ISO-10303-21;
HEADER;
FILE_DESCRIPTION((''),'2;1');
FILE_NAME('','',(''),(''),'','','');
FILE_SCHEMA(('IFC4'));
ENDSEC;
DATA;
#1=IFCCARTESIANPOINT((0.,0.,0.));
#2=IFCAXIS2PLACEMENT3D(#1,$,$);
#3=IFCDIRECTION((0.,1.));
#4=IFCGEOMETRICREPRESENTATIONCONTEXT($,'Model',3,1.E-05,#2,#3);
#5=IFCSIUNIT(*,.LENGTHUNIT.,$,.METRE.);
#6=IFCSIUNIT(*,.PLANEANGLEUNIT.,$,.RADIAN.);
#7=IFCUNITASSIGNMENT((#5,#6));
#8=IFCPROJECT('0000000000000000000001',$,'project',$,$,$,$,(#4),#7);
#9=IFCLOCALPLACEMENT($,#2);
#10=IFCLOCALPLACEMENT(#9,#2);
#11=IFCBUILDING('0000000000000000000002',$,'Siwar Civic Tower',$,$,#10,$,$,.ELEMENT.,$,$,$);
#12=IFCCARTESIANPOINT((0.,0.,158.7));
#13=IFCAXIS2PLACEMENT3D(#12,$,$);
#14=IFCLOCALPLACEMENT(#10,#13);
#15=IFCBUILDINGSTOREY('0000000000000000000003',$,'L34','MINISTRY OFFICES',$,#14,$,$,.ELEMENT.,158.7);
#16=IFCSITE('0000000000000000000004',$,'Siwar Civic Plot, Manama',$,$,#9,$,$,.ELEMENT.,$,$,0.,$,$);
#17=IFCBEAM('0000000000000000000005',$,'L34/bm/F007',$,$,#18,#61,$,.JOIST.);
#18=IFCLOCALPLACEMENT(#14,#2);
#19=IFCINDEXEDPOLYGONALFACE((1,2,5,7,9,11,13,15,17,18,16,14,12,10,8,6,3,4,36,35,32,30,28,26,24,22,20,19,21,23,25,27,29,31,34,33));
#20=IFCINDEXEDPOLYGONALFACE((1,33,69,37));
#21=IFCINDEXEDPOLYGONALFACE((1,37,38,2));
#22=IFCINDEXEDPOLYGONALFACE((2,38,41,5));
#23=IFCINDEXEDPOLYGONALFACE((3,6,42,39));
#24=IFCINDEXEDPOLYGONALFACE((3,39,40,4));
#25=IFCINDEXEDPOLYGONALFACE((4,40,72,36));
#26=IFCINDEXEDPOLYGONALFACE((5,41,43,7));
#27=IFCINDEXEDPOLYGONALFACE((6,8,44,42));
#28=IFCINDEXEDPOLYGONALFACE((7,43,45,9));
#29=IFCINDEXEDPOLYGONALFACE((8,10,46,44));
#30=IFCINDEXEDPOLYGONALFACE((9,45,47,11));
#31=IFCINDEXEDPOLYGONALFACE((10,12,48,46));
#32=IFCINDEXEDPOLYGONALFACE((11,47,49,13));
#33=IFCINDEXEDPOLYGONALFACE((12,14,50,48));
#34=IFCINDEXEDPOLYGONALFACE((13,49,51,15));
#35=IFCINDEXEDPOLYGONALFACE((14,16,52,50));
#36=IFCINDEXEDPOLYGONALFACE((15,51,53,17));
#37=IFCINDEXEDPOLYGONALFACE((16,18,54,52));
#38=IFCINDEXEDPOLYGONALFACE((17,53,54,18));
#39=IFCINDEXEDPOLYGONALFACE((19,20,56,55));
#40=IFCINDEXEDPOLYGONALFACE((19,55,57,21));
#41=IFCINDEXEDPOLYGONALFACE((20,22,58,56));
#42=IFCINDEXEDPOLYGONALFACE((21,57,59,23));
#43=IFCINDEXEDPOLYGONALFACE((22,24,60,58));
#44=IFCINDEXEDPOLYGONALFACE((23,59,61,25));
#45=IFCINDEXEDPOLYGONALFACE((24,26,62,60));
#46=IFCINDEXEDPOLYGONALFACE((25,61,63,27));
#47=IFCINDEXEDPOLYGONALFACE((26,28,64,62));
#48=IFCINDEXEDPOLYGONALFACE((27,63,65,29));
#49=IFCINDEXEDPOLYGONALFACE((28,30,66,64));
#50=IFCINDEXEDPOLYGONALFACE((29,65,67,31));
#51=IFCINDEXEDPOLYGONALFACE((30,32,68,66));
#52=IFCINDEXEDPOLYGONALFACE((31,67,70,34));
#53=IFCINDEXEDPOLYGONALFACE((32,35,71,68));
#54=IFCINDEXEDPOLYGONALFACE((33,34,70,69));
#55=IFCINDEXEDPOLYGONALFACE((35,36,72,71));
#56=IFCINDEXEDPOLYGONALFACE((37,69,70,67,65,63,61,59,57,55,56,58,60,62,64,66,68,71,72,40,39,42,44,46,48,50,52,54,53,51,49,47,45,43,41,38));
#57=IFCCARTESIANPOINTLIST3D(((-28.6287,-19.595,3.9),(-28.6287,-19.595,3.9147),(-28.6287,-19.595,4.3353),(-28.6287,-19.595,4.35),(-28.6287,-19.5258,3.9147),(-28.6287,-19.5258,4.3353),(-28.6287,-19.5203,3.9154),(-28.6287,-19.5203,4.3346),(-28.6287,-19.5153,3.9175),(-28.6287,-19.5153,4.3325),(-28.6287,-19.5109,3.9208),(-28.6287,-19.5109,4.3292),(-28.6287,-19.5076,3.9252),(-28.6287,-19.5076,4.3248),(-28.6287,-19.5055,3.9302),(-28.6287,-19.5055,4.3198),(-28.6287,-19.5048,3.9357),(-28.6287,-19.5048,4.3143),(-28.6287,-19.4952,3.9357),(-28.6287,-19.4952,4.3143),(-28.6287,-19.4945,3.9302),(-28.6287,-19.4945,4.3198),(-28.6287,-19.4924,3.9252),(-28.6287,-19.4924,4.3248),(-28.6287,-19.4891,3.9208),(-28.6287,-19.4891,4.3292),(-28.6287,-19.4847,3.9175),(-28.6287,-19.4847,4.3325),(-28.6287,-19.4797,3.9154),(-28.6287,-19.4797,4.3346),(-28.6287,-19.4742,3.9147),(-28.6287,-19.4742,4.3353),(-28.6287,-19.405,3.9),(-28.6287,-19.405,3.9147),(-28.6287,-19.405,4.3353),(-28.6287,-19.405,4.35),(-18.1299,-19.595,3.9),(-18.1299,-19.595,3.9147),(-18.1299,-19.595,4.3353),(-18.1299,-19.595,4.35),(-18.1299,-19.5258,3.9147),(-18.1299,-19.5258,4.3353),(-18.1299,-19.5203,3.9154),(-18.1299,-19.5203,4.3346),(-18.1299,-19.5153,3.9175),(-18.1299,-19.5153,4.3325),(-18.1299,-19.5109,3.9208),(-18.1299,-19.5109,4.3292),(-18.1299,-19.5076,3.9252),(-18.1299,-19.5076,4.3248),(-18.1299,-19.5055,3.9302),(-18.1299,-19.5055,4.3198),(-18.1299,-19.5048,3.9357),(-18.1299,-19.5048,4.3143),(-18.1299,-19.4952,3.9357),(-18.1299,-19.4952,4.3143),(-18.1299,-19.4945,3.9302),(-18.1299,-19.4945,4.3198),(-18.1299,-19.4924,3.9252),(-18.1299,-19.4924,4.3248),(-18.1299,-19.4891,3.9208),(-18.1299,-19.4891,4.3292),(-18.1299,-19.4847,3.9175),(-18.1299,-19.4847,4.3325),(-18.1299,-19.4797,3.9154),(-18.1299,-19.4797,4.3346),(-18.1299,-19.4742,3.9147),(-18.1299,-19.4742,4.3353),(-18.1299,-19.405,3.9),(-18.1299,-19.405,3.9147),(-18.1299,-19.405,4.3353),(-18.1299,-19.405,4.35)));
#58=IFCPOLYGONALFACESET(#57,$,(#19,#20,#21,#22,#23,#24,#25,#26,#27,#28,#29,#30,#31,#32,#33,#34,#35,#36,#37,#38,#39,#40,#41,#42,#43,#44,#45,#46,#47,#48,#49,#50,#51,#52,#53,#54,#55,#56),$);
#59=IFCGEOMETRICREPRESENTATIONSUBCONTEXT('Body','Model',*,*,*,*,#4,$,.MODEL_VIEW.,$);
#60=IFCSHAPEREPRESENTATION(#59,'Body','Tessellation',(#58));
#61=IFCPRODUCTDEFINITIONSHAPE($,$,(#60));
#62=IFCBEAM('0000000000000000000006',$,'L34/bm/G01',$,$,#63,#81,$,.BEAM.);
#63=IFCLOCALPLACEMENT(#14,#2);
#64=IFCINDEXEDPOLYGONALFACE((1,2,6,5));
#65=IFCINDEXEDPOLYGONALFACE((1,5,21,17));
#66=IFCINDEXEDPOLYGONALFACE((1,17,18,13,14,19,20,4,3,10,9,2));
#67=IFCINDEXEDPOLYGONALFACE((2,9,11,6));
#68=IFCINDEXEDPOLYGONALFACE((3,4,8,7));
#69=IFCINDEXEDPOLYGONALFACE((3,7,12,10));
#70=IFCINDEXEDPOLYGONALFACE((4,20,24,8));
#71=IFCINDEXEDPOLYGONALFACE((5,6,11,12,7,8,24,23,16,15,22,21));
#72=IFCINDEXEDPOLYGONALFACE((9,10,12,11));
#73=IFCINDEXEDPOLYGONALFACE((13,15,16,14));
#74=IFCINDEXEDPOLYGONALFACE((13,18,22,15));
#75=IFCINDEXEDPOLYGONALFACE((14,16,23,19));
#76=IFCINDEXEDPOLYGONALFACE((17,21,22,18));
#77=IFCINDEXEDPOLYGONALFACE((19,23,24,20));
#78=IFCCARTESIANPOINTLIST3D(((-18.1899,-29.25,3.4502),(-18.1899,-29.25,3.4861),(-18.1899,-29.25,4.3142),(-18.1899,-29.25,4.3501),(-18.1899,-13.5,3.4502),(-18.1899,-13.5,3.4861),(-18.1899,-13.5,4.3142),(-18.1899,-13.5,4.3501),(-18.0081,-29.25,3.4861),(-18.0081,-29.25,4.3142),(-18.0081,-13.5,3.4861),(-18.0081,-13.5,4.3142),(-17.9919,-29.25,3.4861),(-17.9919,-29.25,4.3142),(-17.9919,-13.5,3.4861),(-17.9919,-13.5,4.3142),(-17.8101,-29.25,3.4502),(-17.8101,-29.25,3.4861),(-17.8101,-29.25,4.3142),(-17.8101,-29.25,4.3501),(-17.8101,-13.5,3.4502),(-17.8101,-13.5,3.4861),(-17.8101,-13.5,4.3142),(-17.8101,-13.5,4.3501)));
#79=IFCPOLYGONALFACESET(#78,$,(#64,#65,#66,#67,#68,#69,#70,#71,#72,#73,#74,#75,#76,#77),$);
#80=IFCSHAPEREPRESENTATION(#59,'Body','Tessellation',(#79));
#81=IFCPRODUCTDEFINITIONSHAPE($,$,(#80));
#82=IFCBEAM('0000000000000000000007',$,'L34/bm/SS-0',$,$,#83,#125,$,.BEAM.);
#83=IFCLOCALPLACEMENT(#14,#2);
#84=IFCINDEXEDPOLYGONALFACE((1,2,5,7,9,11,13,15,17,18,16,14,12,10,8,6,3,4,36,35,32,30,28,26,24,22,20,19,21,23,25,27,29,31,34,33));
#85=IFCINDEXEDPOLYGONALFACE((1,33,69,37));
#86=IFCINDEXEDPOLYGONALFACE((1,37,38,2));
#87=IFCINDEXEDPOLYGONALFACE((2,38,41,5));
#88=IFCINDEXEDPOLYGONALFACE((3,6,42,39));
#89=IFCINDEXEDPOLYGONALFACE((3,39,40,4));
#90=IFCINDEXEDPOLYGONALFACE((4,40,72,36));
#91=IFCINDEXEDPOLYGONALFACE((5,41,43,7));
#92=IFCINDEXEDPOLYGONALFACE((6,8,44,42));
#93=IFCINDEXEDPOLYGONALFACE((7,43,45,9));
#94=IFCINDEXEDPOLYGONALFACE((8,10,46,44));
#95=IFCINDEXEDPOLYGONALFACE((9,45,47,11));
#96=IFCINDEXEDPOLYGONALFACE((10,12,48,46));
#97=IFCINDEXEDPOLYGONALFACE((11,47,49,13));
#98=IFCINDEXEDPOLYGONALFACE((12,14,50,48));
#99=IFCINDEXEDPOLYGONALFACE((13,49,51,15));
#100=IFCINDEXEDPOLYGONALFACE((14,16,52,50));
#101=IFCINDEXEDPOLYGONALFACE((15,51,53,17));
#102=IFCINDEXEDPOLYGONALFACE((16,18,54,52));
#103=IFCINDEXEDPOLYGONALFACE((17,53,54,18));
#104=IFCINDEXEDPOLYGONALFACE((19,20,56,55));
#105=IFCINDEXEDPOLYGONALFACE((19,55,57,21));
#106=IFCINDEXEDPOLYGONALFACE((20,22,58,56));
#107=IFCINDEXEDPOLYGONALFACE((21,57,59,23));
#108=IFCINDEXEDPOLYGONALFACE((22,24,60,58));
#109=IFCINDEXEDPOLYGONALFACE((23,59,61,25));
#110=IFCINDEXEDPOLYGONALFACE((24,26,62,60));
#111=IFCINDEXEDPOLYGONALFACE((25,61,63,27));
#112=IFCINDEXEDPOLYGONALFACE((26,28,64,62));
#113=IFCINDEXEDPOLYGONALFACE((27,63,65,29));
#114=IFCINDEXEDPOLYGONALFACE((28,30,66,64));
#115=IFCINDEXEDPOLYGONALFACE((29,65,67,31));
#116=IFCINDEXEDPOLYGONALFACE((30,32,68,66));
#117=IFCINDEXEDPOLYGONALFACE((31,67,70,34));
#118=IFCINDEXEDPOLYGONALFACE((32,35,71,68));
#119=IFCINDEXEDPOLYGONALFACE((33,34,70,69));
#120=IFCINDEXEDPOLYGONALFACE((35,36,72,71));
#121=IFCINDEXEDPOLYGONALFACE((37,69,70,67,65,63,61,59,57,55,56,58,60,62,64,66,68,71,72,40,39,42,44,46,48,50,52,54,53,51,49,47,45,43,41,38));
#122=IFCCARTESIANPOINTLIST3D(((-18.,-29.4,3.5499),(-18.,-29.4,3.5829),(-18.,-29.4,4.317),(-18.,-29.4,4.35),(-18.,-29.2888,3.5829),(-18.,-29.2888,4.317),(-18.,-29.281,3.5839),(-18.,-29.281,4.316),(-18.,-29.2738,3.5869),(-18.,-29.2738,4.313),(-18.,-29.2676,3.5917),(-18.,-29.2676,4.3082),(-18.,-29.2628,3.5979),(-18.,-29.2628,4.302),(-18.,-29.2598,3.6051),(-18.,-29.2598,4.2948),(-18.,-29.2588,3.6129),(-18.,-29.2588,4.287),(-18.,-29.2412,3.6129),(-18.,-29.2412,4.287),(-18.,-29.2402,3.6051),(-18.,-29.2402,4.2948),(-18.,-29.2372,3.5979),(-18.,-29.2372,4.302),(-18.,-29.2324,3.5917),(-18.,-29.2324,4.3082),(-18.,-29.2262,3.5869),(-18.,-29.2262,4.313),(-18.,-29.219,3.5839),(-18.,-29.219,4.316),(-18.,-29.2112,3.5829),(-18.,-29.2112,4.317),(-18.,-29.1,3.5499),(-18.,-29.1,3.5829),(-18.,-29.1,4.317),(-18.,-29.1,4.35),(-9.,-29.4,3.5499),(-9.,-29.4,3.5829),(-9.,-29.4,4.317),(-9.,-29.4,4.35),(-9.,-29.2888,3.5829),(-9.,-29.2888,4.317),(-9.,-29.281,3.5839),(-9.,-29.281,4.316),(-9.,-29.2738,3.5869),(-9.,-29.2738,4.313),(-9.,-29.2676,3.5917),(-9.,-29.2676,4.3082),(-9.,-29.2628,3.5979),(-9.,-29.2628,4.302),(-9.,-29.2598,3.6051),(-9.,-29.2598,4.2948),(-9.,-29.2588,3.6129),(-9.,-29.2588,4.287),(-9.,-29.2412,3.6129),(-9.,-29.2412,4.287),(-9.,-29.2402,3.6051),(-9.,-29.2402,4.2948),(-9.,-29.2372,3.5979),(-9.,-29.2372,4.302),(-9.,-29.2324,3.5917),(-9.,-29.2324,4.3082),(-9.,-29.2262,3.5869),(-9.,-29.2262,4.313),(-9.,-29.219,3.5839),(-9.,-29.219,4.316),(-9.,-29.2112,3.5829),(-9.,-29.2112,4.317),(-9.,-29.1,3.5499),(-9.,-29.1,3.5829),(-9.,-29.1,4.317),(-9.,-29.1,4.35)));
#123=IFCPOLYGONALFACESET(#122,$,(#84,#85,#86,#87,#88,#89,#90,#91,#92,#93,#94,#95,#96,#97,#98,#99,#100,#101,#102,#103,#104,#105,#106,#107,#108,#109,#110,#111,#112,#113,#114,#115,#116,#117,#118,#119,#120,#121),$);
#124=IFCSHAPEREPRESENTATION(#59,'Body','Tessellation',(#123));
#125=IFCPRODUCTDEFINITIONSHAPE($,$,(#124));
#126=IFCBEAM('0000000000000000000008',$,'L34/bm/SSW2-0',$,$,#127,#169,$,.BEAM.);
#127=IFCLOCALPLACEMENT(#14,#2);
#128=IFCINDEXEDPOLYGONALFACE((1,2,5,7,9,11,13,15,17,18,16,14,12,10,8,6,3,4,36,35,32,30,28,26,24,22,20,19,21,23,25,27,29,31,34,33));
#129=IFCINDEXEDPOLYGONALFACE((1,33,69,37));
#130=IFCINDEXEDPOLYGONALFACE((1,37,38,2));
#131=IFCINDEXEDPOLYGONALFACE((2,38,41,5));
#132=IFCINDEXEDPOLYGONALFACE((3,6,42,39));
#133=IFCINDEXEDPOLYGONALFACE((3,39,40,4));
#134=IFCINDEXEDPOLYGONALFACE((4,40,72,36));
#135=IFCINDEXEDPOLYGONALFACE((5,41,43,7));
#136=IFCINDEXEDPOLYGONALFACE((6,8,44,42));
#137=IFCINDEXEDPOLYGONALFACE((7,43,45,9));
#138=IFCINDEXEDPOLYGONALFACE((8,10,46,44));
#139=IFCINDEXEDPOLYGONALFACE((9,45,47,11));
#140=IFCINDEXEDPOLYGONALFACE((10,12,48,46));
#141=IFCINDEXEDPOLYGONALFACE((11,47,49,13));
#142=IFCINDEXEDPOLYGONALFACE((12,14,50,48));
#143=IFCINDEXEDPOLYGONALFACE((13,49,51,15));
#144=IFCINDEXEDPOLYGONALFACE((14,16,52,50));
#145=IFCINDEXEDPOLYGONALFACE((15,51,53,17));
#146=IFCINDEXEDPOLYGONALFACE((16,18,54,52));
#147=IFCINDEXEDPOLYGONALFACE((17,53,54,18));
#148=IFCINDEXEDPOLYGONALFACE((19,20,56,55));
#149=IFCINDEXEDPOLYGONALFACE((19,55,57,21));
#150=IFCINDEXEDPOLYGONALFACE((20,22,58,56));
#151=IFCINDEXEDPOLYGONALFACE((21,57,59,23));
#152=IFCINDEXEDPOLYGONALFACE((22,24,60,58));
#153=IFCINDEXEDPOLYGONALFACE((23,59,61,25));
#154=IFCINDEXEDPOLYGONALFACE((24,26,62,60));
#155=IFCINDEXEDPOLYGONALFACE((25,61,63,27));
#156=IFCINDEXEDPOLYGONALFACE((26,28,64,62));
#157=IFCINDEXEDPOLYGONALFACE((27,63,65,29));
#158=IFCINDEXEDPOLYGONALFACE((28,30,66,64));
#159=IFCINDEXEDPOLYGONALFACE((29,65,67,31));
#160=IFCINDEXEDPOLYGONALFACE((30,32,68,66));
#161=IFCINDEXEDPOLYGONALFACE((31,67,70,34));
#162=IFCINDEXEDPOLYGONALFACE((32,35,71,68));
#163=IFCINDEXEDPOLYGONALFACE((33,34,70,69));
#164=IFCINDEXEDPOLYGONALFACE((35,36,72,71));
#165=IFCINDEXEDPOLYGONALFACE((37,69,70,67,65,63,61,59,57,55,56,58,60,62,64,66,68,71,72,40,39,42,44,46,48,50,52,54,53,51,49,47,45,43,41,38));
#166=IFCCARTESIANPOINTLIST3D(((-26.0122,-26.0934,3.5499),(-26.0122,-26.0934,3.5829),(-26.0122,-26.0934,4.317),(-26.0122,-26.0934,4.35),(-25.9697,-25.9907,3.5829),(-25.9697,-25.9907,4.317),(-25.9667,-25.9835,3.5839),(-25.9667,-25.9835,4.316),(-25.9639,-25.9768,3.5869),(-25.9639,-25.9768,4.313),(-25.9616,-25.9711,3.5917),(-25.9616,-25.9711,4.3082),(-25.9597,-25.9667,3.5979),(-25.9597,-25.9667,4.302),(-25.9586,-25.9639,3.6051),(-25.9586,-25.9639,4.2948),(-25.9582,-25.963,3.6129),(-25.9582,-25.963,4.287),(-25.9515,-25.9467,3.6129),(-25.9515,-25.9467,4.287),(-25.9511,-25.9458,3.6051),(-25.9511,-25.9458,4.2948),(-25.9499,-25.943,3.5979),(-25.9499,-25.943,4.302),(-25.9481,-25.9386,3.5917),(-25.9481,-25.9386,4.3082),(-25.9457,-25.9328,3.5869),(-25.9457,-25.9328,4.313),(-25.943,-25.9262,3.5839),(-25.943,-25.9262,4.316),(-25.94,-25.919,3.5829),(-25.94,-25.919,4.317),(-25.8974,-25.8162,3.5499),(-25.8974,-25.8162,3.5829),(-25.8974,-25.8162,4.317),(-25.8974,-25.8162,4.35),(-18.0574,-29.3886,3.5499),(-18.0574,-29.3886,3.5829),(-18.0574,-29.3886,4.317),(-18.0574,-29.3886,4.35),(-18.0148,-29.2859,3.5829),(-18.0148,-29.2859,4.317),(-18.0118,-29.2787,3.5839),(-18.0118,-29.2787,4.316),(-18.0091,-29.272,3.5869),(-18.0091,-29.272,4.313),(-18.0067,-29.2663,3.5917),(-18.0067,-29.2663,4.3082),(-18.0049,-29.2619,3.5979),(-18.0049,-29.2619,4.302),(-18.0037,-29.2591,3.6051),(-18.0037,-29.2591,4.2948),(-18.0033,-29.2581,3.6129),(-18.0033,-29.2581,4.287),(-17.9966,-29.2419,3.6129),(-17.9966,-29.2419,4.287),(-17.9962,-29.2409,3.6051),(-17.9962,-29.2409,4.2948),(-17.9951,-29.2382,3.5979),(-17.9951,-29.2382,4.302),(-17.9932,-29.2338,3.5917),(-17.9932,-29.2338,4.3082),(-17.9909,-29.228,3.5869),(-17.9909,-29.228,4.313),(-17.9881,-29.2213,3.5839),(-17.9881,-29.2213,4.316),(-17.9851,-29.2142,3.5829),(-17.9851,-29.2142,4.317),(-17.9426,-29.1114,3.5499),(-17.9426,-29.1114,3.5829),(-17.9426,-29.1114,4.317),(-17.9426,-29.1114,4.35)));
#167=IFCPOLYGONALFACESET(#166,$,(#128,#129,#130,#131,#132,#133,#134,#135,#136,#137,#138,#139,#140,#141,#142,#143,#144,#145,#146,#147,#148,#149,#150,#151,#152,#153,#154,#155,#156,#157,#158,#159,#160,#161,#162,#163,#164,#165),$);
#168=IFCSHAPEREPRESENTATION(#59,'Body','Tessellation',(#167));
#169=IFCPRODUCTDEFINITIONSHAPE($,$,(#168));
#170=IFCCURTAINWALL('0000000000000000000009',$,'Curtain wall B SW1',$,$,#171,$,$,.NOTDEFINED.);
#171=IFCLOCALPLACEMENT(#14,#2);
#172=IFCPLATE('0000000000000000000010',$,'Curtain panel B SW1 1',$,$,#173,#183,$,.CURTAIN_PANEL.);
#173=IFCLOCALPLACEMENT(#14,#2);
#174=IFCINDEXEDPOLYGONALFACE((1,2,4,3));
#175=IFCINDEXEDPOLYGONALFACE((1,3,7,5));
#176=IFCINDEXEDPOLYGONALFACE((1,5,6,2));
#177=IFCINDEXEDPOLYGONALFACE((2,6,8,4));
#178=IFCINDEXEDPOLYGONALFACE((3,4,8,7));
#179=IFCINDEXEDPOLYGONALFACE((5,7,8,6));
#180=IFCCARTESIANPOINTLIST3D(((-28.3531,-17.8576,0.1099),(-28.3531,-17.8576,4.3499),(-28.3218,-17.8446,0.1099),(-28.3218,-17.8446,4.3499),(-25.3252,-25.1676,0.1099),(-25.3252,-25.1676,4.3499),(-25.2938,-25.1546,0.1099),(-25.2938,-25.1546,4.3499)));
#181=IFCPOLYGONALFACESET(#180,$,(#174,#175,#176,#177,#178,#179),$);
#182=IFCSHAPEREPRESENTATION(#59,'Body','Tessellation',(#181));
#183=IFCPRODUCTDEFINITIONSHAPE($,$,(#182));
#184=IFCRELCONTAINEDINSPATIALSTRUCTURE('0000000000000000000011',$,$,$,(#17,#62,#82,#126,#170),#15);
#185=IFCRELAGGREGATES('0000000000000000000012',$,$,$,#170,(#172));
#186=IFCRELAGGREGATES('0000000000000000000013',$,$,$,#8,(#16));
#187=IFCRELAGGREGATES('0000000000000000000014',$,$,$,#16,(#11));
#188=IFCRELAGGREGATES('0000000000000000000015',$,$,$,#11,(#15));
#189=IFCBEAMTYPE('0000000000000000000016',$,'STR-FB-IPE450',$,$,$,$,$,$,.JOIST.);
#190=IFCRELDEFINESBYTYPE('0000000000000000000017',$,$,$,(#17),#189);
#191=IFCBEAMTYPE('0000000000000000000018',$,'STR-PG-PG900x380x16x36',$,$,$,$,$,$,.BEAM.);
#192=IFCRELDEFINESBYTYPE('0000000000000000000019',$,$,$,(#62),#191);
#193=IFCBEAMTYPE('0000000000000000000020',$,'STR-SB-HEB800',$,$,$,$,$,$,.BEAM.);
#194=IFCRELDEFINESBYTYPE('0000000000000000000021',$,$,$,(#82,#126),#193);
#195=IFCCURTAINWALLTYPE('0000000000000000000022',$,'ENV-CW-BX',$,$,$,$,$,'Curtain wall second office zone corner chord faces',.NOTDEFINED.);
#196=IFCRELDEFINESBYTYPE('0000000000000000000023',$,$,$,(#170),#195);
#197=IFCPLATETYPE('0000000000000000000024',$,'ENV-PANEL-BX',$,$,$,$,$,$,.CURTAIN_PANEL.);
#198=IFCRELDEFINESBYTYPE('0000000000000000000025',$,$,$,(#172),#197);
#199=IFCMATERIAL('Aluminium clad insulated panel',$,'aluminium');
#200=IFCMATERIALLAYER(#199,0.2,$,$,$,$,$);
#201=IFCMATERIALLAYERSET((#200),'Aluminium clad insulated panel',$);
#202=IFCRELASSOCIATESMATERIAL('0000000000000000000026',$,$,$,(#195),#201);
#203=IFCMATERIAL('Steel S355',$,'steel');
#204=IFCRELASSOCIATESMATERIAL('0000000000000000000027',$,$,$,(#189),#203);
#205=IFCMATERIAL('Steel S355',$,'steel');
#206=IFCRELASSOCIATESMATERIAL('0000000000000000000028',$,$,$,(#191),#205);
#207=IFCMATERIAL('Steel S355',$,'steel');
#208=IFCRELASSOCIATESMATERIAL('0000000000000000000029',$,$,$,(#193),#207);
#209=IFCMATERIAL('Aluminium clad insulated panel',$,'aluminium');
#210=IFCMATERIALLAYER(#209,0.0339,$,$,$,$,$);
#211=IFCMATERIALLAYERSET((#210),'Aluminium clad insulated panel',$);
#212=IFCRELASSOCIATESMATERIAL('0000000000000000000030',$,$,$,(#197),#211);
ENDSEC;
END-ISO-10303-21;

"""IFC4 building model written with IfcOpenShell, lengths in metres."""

from ifc_helpers import new_model, si_unit, direction, frame, origin, origin_2d, place, context, subcontext, project, spatial, rectangle, i_section, extrude, material, layer, layer_set, material_profile, profile_set, type_object, element, aggregate, save


model = new_model("IFC4")

# Units and contexts
model_context = context("Model", 3, precision=1e-05, world=origin(), true_north=direction((0.0, 1.0)))
body_context = subcontext(model_context, "Body", "Model", "MODEL_VIEW")
ifc_project = project(units=[si_unit("LENGTHUNIT", "METRE"), si_unit("PLANEANGLEUNIT", "RADIAN")], contexts=[model_context])

# Site, building, storey
site_placement = place(None, origin())
site = spatial("IfcSite", under=ifc_project, at=site_placement, Name="Siwar Civic Plot, Manama", CompositionType="ELEMENT", RefElevation=0.0)
building_placement = place(site_placement, origin())
building = spatial("IfcBuilding", under=site, at=building_placement, Name="Siwar Civic Tower", CompositionType="ELEMENT")
storey_placement = place(building_placement, frame((0.0, 0.0, 158.7)))
storey = spatial("IfcBuildingStorey", under=building, at=storey_placement, Name="L34", Description="MINISTRY OFFICES", CompositionType="ELEMENT", Elevation=158.7)

# Shared definitions
ifc_material_1 = material(Name="Aluminium clad insulated panel", Category="aluminium")
ifc_layer_1 = layer(ifc_material_1, 0.2)
ifc_layer_set_1 = layer_set([ifc_layer_1], Name="Aluminium clad insulated panel")
curtain_wall_type = type_object("IfcCurtainWallType", Name="ENV-CW-BX", ElementType="Curtain wall second office zone corner chord faces", PredefinedType="NOTDEFINED", material=ifc_layer_set_1)

# Beams
ifc_material_2 = material(Name="Steel S355", Category="steel")
ifc_material_profile_1 = material_profile(ifc_material_2, i_section(OverallWidth=0.1899, OverallDepth=0.45, WebThickness=0.0095, FlangeThickness=0.0146, FilletRadius=0.021, at=origin_2d()), Name="IPE450")
ifc_profile_set_1 = profile_set([ifc_material_profile_1], Name="Steel S355")
beam_type_1 = type_object("IfcBeamType", Name="STR-FB-IPE450", PredefinedType="JOIST", material=ifc_profile_set_1)
beam_1_placement = place(storey_placement, frame((-28.6287, -19.5, 4.125), z_axis=(1.0, 0.0, 0.0), x_axis=(0.0, 1.0, 0.0)))
element("IfcBeam", 1, at=beam_1_placement, inside=storey, type_object=beam_type_1, Name="L34/bm/F007", PredefinedType="JOIST", context=body_context, shape_type="SweptSolid", body=[
    extrude(i_section(OverallWidth=0.1899, OverallDepth=0.45, WebThickness=0.0095, FlangeThickness=0.0146, FilletRadius=0.021, at=origin_2d()), origin(), (0.0, 0.0, 1.0), 10.4988),
])
ifc_material_3 = material(Name="Steel S355", Category="steel")
ifc_material_profile_2 = material_profile(ifc_material_3, i_section(OverallWidth=0.3799, OverallDepth=0.8999, WebThickness=0.0161, FlangeThickness=0.0359, at=origin_2d()), Name="PG900x380x16x36")
ifc_profile_set_2 = profile_set([ifc_material_profile_2], Name="Steel S355")
beam_type_2 = type_object("IfcBeamType", Name="STR-PG-PG900x380x16x36", PredefinedType="BEAM", material=ifc_profile_set_2)
beam_2_placement = place(storey_placement, frame((-18.0, -29.25, 3.9001), z_axis=(0.0, 1.0, 0.0), x_axis=(-1.0, 0.0, 0.0)))
element("IfcBeam", 2, at=beam_2_placement, inside=storey, type_object=beam_type_2, Name="L34/bm/G01", PredefinedType="BEAM", context=body_context, shape_type="SweptSolid", body=[
    extrude(i_section(OverallWidth=0.3799, OverallDepth=0.8999, WebThickness=0.0161, FlangeThickness=0.0359, at=origin_2d()), origin(), (0.0, 0.0, 1.0), 15.75),
])
ifc_material_4 = material(Name="Steel S355", Category="steel")
ifc_material_profile_3 = material_profile(ifc_material_4, i_section(OverallWidth=0.3, OverallDepth=0.8, WebThickness=0.0176, FlangeThickness=0.033, FilletRadius=0.03, at=origin_2d()), Name="HEB800")
ifc_profile_set_3 = profile_set([ifc_material_profile_3], Name="Steel S355")
beam_type_3 = type_object("IfcBeamType", Name="STR-SB-HEB800", PredefinedType="BEAM", material=ifc_profile_set_3)
beam_3_placement = place(storey_placement, frame((-18.0, -29.25, 3.95), z_axis=(1.0, 0.0, 0.0), x_axis=(0.0, 1.0, 0.0)))
element("IfcBeam", 3, at=beam_3_placement, inside=storey, type_object=beam_type_3, Name="L34/bm/SS-0", PredefinedType="BEAM", context=body_context, shape_type="SweptSolid", body=[
    extrude(i_section(OverallWidth=0.3, OverallDepth=0.8, WebThickness=0.0176, FlangeThickness=0.033, FilletRadius=0.03, at=origin_2d()), origin(), (0.0, 0.0, 1.0), 9.0),
])
beam_4_placement = place(storey_placement, frame((-25.9548, -25.9548, 3.95), z_axis=(0.923873, -0.3827, 0.0), x_axis=(0.3827, 0.923873, 0.0)))
element("IfcBeam", 4, at=beam_4_placement, inside=storey, type_object=beam_type_3, Name="L34/bm/SSW2-0", PredefinedType="BEAM", context=body_context, shape_type="SweptSolid", body=[
    extrude(i_section(OverallWidth=0.3, OverallDepth=0.8, WebThickness=0.0176, FlangeThickness=0.033, FilletRadius=0.03, at=origin_2d()), origin(), (0.0, 0.0, 1.0), 8.6104),
])

# Curtain wall, plate
curtain_wall_1_placement = place(storey_placement, origin())
curtain_wall_1 = element("IfcCurtainWall", 5, at=curtain_wall_1_placement, inside=storey, type_object=curtain_wall_type, Name="Curtain wall B SW1", PredefinedType="NOTDEFINED")
ifc_material_5 = material(Name="Aluminium clad insulated panel", Category="aluminium")
ifc_layer_2 = layer(ifc_material_5, 0.0339)
ifc_layer_set_2 = layer_set([ifc_layer_2], Name="Aluminium clad insulated panel")
plate_type = type_object("IfcPlateType", Name="ENV-PANEL-BX", PredefinedType="CURTAIN_PANEL", material=ifc_layer_set_2)
plate_1_placement = place(storey_placement, frame((-26.8235, -21.5061, 0.1099), z_axis=(0.0, 0.0, 1.0), x_axis=(0.382683, -0.92388, 0.0)))
plate_1 = element("IfcPlate", 6, at=plate_1_placement, type_object=plate_type, Name="Curtain panel B SW1 1", PredefinedType="CURTAIN_PANEL", context=body_context, shape_type="SweptSolid", body=[
    extrude(rectangle(XDim=7.9124, YDim=0.0339, at=origin_2d()), origin(), (0.0, 0.0, 1.0), 4.24),
])
aggregate(curtain_wall_1, [plate_1])

save(model, "model.ifc")
